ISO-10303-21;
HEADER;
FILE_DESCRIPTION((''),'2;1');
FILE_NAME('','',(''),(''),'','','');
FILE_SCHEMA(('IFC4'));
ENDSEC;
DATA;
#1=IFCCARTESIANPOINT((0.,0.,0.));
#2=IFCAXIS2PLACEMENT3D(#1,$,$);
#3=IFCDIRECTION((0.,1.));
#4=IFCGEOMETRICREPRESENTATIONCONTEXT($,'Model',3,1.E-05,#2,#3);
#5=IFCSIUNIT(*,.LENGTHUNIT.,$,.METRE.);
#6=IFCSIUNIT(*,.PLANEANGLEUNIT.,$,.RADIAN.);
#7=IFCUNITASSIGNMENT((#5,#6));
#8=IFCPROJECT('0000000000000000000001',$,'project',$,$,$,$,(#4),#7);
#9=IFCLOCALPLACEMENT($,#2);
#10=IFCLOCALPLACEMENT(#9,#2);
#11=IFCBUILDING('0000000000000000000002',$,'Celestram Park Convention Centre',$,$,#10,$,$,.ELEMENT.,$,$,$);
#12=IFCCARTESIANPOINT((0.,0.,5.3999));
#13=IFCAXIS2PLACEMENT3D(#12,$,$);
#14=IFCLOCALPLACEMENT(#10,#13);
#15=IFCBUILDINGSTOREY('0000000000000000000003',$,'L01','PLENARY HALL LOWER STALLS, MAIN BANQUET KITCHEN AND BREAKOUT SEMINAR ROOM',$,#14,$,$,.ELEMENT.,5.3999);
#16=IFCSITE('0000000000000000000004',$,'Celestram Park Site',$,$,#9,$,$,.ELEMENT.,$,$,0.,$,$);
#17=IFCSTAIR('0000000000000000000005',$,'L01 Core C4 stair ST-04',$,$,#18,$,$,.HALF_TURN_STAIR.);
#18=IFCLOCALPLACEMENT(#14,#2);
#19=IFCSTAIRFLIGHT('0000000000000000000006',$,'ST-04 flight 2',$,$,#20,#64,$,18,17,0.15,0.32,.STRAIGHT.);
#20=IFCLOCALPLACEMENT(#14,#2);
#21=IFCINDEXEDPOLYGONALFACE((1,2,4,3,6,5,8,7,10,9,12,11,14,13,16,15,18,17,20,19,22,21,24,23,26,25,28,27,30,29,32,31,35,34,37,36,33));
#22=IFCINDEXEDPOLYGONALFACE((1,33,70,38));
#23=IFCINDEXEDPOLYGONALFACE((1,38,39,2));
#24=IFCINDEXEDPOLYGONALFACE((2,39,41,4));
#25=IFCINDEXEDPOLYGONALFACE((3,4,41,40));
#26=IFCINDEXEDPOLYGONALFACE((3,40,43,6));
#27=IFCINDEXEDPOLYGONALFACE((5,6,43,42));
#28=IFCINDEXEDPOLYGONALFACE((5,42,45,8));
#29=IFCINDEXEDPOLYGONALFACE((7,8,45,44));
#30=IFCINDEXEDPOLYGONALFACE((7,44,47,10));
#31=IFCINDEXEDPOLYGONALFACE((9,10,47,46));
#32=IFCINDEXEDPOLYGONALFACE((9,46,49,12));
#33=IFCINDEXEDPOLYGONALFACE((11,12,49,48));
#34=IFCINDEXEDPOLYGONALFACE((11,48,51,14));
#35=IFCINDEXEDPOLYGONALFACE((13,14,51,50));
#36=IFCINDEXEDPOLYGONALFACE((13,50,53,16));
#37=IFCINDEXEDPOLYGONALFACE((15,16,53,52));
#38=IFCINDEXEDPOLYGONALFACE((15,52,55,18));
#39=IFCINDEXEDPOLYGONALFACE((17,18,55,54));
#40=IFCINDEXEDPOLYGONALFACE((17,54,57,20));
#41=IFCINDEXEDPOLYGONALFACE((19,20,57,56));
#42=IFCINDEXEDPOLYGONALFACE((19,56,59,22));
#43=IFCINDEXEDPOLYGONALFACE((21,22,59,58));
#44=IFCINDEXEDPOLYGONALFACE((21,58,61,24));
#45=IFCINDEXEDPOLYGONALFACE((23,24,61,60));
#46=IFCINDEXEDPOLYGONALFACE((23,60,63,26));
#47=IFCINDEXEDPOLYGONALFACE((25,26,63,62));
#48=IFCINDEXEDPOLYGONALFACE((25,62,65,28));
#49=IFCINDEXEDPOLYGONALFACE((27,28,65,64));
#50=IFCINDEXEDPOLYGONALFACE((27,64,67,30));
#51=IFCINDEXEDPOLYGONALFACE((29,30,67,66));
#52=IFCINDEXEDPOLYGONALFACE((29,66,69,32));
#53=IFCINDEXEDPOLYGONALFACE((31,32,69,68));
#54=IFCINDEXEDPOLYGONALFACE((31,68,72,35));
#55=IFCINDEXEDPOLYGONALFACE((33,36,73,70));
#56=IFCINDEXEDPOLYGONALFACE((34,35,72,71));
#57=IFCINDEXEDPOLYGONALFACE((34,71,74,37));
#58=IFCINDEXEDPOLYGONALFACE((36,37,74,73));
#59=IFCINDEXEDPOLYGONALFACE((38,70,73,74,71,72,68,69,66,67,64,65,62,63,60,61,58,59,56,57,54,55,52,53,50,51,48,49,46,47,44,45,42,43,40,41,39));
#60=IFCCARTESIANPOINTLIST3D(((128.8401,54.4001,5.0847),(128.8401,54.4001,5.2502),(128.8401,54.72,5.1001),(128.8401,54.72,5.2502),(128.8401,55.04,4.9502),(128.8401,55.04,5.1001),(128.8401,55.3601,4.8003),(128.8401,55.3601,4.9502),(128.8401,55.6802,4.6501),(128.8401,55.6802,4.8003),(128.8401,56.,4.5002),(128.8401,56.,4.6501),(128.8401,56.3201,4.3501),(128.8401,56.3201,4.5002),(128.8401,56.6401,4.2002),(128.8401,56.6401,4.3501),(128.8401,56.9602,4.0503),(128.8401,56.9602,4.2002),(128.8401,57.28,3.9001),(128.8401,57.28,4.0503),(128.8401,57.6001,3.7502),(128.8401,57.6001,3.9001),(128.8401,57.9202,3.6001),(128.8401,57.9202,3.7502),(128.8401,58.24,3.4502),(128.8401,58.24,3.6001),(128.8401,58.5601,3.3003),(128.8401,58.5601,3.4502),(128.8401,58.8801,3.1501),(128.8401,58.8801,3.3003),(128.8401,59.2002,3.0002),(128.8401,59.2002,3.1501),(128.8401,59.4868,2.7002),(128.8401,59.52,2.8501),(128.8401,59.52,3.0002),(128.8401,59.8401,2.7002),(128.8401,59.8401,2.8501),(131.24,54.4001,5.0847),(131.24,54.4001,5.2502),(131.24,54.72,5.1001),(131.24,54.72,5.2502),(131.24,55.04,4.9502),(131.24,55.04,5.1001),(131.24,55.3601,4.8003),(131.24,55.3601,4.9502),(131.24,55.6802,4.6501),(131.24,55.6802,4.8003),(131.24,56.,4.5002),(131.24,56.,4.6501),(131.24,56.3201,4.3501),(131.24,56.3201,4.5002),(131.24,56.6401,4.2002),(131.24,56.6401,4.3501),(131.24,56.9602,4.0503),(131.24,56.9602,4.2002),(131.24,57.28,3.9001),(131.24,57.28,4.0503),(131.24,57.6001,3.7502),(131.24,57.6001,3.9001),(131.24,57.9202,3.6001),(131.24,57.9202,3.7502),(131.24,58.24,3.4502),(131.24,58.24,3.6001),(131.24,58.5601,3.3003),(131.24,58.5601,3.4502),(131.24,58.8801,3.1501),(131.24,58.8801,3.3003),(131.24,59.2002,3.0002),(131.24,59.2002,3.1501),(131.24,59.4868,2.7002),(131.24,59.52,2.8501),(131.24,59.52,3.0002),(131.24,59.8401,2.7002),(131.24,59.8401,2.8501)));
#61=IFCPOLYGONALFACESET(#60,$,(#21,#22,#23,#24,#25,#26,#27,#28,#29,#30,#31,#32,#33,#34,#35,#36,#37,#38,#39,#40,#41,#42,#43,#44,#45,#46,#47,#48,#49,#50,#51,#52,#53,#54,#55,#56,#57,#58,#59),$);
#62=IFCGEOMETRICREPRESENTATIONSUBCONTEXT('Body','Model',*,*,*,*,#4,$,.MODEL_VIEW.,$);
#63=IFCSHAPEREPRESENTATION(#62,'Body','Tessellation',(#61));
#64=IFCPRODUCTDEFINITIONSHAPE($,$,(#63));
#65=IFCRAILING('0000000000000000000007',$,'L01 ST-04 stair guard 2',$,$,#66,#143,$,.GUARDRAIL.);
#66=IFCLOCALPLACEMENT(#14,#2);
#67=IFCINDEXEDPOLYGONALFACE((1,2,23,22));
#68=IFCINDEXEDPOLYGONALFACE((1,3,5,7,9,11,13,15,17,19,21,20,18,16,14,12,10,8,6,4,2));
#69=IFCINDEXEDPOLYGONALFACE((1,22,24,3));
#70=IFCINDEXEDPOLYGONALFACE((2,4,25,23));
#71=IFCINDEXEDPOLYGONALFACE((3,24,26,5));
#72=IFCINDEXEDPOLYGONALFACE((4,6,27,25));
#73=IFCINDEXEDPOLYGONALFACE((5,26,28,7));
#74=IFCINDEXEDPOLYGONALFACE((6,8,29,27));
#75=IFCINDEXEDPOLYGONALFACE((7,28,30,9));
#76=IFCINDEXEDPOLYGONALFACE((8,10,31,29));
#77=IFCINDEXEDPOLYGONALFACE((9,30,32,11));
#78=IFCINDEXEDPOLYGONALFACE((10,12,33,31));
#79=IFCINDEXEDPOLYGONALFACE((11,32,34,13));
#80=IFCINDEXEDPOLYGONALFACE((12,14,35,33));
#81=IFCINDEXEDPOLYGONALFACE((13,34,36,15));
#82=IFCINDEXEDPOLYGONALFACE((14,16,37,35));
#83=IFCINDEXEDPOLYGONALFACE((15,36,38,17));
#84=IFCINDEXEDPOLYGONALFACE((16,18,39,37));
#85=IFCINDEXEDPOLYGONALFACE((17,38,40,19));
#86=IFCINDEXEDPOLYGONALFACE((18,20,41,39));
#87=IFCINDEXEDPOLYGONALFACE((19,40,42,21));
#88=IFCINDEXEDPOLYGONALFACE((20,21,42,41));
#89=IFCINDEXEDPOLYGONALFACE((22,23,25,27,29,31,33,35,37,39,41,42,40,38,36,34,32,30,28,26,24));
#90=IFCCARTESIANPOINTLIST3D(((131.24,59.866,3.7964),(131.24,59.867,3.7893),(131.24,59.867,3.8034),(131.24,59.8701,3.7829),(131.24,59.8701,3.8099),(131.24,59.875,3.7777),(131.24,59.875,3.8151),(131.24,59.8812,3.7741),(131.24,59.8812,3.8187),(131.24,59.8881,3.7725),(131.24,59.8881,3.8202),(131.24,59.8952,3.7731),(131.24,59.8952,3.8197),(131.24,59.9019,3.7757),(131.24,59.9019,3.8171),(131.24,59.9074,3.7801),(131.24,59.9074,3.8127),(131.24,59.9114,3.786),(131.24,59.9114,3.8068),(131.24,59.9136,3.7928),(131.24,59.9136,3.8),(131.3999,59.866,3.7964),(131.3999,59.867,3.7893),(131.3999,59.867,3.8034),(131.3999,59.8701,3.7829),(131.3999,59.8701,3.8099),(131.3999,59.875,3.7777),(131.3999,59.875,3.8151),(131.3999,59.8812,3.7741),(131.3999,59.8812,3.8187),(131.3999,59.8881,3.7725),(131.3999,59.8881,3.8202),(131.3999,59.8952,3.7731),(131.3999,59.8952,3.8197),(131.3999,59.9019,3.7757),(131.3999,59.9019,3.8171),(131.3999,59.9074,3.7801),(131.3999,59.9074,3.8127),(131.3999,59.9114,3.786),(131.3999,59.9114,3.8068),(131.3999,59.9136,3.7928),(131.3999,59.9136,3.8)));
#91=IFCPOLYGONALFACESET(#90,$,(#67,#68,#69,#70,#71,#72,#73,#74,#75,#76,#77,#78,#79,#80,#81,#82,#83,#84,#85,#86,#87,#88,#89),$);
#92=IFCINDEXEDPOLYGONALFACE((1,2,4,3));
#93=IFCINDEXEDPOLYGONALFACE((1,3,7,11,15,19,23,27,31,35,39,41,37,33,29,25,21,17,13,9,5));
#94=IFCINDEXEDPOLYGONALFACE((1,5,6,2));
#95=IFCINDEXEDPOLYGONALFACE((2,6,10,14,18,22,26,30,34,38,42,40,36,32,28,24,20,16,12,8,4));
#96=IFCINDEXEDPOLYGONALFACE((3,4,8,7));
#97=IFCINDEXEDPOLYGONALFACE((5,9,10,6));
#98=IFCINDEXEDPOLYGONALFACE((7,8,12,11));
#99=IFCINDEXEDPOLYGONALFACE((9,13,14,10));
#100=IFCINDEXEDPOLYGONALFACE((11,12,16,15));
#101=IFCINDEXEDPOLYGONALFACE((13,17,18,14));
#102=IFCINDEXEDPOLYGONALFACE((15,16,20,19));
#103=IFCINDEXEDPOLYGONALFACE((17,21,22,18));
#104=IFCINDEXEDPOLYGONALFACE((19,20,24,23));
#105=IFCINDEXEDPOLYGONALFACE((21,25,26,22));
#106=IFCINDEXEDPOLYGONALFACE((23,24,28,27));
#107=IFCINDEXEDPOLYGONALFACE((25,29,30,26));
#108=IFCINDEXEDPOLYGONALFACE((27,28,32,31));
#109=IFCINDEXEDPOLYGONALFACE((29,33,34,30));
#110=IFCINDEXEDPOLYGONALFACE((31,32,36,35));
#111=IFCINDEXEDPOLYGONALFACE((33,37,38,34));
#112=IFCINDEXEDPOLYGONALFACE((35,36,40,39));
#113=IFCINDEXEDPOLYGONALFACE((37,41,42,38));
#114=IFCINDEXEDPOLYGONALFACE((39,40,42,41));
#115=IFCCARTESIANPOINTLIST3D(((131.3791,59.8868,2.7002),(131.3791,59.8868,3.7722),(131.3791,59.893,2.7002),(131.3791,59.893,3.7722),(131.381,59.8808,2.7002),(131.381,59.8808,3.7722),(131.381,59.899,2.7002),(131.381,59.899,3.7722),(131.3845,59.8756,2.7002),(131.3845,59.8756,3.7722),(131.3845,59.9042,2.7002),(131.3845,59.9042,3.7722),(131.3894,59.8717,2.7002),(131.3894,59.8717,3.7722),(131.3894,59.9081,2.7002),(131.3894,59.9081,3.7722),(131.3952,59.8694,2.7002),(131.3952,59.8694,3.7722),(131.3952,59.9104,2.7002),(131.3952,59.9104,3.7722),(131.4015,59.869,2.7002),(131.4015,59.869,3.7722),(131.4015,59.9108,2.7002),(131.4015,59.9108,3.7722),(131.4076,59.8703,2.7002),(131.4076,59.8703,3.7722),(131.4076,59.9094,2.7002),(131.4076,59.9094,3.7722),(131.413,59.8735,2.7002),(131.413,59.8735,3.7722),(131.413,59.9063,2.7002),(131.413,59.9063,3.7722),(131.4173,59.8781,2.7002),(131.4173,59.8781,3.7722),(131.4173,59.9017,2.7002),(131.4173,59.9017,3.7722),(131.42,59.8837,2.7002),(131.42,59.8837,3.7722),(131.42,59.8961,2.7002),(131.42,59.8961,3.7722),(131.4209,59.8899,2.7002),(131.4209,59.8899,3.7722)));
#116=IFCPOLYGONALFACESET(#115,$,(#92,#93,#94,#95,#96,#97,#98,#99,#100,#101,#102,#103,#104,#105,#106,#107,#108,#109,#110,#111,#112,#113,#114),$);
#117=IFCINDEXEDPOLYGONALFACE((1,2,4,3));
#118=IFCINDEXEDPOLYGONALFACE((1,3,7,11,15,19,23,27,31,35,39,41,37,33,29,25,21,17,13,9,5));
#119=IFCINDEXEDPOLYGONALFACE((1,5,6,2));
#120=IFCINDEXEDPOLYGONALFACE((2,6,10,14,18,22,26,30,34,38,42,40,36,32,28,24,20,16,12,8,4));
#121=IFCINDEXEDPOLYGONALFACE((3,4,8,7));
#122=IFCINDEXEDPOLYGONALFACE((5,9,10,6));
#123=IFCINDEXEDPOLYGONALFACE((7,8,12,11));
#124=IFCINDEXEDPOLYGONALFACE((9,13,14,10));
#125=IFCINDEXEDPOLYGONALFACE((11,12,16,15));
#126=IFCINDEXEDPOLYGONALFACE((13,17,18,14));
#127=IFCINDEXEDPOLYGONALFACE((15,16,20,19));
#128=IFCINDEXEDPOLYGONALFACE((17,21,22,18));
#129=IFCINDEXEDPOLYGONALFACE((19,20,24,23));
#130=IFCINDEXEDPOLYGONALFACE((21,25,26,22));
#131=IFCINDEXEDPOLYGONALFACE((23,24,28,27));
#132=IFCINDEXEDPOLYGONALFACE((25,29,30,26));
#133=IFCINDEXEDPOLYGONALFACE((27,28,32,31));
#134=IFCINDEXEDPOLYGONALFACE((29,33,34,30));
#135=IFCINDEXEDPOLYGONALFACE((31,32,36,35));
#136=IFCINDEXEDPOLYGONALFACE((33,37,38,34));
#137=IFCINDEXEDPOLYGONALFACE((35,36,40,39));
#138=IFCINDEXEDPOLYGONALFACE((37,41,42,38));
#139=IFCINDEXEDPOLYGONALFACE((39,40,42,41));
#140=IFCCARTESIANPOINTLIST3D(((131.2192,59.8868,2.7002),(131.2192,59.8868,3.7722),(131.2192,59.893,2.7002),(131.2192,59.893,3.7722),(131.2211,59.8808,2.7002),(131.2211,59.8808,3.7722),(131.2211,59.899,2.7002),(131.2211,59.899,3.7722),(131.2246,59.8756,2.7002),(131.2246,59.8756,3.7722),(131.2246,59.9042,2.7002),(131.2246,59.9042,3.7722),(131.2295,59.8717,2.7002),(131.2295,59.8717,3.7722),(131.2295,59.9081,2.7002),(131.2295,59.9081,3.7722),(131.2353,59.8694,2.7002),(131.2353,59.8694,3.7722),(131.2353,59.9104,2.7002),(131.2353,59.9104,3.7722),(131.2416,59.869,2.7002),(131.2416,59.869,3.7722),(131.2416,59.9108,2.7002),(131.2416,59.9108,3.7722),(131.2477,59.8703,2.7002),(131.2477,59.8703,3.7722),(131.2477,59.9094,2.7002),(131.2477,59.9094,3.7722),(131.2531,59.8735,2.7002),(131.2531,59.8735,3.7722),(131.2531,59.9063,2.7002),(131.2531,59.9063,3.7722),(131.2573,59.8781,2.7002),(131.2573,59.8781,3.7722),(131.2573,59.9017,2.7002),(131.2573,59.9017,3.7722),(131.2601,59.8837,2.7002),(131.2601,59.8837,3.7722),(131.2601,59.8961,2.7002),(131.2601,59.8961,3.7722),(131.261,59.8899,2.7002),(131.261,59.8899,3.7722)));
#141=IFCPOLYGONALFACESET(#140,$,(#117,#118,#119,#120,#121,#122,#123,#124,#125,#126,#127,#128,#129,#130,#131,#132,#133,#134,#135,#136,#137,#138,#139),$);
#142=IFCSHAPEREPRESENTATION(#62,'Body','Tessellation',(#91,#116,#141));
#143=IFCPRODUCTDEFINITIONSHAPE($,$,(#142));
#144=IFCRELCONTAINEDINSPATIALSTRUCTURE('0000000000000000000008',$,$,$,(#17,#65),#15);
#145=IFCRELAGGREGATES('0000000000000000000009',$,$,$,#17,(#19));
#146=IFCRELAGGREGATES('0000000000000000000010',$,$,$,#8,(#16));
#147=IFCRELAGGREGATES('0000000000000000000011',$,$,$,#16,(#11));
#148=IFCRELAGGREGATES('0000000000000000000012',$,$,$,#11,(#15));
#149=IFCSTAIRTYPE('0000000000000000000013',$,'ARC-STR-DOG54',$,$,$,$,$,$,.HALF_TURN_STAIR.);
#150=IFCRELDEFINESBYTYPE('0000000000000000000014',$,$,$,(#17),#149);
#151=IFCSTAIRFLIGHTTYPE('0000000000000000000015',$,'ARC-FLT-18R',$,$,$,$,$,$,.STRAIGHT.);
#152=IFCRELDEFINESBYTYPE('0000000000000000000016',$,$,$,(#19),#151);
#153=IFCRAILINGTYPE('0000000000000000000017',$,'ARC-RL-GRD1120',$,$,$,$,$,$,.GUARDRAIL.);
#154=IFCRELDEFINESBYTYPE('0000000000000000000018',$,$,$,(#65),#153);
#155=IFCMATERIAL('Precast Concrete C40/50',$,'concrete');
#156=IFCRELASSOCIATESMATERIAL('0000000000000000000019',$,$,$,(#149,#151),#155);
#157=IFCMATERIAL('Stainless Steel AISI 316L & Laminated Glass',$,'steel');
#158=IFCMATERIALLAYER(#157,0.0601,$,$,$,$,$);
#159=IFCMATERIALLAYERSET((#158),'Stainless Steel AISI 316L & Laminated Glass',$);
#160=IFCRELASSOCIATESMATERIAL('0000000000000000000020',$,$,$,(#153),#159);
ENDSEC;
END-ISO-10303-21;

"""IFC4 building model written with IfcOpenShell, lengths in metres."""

from ifc_helpers import new_model, si_unit, direction, frame, origin, origin_2d, place, context, subcontext, project, spatial, polyline, circle, outline, extrude, material, layer, layer_set, type_object, element, aggregate, save


model = new_model("IFC4")

# Units and contexts
model_context = context("Model", 3, precision=1e-05, world=origin(), true_north=direction((0.0, 1.0)))
body_context = subcontext(model_context, "Body", "Model", "MODEL_VIEW")
ifc_project = project(units=[si_unit("LENGTHUNIT", "METRE"), si_unit("PLANEANGLEUNIT", "RADIAN")], contexts=[model_context])

# Site, building, storey
site_placement = place(None, origin())
site = spatial("IfcSite", under=ifc_project, at=site_placement, Name="Celestram Park Site", CompositionType="ELEMENT", RefElevation=0.0)
building_placement = place(site_placement, origin())
building = spatial("IfcBuilding", under=site, at=building_placement, Name="Celestram Park Convention Centre", CompositionType="ELEMENT")
storey_placement = place(building_placement, frame((0.0, 0.0, 5.3999)))
storey = spatial("IfcBuildingStorey", under=building, at=storey_placement, Name="L01", Description="PLENARY HALL LOWER STALLS, MAIN BANQUET KITCHEN AND BREAKOUT SEMINAR ROOM", CompositionType="ELEMENT", Elevation=5.3999)

# Shared definitions
ifc_material_1 = material(Name="Precast Concrete C40/50", Category="concrete")

# Stair, stair flight
stair_type = type_object("IfcStairType", Name="ARC-STR-DOG54", PredefinedType="HALF_TURN_STAIR", material=ifc_material_1)
stair_placement = place(storey_placement, origin())
stair = element("IfcStair", 1, at=stair_placement, inside=storey, type_object=stair_type, Name="L01 Core C4 stair ST-04", PredefinedType="HALF_TURN_STAIR")
stair_flight_type = type_object("IfcStairFlightType", Name="ARC-FLT-18R", PredefinedType="STRAIGHT", material=ifc_material_1)
stair_flight_1_placement = place(storey_placement, frame((130.04, 59.8401, 2.7002), z_axis=(0.0, 0.0, 1.0), x_axis=(0.0, -1.0, 0.0)))
stair_flight_1 = element("IfcStairFlight", 2, at=stair_flight_1_placement, type_object=stair_flight_type, Name="ST-04 flight 2", NumberOfRisers=18, NumberOfTreads=17, PredefinedType="STRAIGHT", RiserHeight=0.15, TreadLength=0.32, context=body_context, shape_type="SweptSolid", body=[
    extrude(outline(polyline([(0.0, 0.0), (0.0, 0.1499), (0.3201, 0.1499), (0.3201, 0.3), (0.6399, 0.3), (0.6399, 0.45), (0.96, 0.45), (0.96, 0.6001), (1.28, 0.6001), (1.28, 0.75), (1.6001, 0.75), (1.6001, 0.8999), (1.9199, 0.8999), (1.9199, 1.05), (2.24, 1.05), (2.24, 1.2), (2.5601, 1.2), (2.5601, 1.3501), (2.8799, 1.3501), (2.8799, 1.5), (3.2, 1.5), (3.2, 1.6499), (3.52, 1.6499), (3.52, 1.8), (3.8401, 1.8), (3.8401, 1.95), (4.1599, 1.95), (4.1599, 2.1001), (4.48, 2.1001), (4.48, 2.25), (4.8, 2.25), (4.8, 2.3999), (5.1201, 2.3999), (5.1201, 2.55), (5.4399, 2.55), (5.4399, 2.7), (5.4399, 2.3845), (0.3533, 0.0), (0.0, 0.0)])), frame((0.0, 1.2, 0.0), z_axis=(0.0, -1.0, 0.0), x_axis=(1.0, 0.0, 0.0)), (0.0, 0.0, 1.0), 2.3999),
])
aggregate(stair, [stair_flight_1])

# Railing
ifc_material_2 = material(Name="Stainless Steel AISI 316L & Laminated Glass", Category="steel")
ifc_layer_1 = layer(ifc_material_2, 0.0601)
ifc_layer_set_1 = layer_set([ifc_layer_1], Name="Stainless Steel AISI 316L & Laminated Glass")
railing_type_1 = type_object("IfcRailingType", Name="ARC-RL-GRD1120", PredefinedType="GUARDRAIL", material=ifc_layer_set_1)
railing_1_placement = place(storey_placement, frame((131.3999, 59.8899, 2.7002)))
element("IfcRailing", 3, at=railing_1_placement, inside=storey, type_object=railing_type_1, Name="L01 ST-04 stair guard 2", PredefinedType="GUARDRAIL", context=body_context, shape_type="SweptSolid", body=[
    extrude(circle(Radius=0.0239, at=origin_2d()), frame((0.0, 0.0, 1.0962), z_axis=(-1.0, 0.0, 0.0), x_axis=(0.0, -1.0, 0.0)), (0.0, 0.0, 1.0), 0.1599),
    extrude(circle(Radius=0.021, at=origin_2d()), origin(), (0.0, 0.0, 1.0), 1.072),
    extrude(circle(Radius=0.021, at=origin_2d()), frame((-0.1599, 0.0, 0.0)), (0.0, 0.0, 1.0), 1.072),
])

save(model, "model.ifc")
